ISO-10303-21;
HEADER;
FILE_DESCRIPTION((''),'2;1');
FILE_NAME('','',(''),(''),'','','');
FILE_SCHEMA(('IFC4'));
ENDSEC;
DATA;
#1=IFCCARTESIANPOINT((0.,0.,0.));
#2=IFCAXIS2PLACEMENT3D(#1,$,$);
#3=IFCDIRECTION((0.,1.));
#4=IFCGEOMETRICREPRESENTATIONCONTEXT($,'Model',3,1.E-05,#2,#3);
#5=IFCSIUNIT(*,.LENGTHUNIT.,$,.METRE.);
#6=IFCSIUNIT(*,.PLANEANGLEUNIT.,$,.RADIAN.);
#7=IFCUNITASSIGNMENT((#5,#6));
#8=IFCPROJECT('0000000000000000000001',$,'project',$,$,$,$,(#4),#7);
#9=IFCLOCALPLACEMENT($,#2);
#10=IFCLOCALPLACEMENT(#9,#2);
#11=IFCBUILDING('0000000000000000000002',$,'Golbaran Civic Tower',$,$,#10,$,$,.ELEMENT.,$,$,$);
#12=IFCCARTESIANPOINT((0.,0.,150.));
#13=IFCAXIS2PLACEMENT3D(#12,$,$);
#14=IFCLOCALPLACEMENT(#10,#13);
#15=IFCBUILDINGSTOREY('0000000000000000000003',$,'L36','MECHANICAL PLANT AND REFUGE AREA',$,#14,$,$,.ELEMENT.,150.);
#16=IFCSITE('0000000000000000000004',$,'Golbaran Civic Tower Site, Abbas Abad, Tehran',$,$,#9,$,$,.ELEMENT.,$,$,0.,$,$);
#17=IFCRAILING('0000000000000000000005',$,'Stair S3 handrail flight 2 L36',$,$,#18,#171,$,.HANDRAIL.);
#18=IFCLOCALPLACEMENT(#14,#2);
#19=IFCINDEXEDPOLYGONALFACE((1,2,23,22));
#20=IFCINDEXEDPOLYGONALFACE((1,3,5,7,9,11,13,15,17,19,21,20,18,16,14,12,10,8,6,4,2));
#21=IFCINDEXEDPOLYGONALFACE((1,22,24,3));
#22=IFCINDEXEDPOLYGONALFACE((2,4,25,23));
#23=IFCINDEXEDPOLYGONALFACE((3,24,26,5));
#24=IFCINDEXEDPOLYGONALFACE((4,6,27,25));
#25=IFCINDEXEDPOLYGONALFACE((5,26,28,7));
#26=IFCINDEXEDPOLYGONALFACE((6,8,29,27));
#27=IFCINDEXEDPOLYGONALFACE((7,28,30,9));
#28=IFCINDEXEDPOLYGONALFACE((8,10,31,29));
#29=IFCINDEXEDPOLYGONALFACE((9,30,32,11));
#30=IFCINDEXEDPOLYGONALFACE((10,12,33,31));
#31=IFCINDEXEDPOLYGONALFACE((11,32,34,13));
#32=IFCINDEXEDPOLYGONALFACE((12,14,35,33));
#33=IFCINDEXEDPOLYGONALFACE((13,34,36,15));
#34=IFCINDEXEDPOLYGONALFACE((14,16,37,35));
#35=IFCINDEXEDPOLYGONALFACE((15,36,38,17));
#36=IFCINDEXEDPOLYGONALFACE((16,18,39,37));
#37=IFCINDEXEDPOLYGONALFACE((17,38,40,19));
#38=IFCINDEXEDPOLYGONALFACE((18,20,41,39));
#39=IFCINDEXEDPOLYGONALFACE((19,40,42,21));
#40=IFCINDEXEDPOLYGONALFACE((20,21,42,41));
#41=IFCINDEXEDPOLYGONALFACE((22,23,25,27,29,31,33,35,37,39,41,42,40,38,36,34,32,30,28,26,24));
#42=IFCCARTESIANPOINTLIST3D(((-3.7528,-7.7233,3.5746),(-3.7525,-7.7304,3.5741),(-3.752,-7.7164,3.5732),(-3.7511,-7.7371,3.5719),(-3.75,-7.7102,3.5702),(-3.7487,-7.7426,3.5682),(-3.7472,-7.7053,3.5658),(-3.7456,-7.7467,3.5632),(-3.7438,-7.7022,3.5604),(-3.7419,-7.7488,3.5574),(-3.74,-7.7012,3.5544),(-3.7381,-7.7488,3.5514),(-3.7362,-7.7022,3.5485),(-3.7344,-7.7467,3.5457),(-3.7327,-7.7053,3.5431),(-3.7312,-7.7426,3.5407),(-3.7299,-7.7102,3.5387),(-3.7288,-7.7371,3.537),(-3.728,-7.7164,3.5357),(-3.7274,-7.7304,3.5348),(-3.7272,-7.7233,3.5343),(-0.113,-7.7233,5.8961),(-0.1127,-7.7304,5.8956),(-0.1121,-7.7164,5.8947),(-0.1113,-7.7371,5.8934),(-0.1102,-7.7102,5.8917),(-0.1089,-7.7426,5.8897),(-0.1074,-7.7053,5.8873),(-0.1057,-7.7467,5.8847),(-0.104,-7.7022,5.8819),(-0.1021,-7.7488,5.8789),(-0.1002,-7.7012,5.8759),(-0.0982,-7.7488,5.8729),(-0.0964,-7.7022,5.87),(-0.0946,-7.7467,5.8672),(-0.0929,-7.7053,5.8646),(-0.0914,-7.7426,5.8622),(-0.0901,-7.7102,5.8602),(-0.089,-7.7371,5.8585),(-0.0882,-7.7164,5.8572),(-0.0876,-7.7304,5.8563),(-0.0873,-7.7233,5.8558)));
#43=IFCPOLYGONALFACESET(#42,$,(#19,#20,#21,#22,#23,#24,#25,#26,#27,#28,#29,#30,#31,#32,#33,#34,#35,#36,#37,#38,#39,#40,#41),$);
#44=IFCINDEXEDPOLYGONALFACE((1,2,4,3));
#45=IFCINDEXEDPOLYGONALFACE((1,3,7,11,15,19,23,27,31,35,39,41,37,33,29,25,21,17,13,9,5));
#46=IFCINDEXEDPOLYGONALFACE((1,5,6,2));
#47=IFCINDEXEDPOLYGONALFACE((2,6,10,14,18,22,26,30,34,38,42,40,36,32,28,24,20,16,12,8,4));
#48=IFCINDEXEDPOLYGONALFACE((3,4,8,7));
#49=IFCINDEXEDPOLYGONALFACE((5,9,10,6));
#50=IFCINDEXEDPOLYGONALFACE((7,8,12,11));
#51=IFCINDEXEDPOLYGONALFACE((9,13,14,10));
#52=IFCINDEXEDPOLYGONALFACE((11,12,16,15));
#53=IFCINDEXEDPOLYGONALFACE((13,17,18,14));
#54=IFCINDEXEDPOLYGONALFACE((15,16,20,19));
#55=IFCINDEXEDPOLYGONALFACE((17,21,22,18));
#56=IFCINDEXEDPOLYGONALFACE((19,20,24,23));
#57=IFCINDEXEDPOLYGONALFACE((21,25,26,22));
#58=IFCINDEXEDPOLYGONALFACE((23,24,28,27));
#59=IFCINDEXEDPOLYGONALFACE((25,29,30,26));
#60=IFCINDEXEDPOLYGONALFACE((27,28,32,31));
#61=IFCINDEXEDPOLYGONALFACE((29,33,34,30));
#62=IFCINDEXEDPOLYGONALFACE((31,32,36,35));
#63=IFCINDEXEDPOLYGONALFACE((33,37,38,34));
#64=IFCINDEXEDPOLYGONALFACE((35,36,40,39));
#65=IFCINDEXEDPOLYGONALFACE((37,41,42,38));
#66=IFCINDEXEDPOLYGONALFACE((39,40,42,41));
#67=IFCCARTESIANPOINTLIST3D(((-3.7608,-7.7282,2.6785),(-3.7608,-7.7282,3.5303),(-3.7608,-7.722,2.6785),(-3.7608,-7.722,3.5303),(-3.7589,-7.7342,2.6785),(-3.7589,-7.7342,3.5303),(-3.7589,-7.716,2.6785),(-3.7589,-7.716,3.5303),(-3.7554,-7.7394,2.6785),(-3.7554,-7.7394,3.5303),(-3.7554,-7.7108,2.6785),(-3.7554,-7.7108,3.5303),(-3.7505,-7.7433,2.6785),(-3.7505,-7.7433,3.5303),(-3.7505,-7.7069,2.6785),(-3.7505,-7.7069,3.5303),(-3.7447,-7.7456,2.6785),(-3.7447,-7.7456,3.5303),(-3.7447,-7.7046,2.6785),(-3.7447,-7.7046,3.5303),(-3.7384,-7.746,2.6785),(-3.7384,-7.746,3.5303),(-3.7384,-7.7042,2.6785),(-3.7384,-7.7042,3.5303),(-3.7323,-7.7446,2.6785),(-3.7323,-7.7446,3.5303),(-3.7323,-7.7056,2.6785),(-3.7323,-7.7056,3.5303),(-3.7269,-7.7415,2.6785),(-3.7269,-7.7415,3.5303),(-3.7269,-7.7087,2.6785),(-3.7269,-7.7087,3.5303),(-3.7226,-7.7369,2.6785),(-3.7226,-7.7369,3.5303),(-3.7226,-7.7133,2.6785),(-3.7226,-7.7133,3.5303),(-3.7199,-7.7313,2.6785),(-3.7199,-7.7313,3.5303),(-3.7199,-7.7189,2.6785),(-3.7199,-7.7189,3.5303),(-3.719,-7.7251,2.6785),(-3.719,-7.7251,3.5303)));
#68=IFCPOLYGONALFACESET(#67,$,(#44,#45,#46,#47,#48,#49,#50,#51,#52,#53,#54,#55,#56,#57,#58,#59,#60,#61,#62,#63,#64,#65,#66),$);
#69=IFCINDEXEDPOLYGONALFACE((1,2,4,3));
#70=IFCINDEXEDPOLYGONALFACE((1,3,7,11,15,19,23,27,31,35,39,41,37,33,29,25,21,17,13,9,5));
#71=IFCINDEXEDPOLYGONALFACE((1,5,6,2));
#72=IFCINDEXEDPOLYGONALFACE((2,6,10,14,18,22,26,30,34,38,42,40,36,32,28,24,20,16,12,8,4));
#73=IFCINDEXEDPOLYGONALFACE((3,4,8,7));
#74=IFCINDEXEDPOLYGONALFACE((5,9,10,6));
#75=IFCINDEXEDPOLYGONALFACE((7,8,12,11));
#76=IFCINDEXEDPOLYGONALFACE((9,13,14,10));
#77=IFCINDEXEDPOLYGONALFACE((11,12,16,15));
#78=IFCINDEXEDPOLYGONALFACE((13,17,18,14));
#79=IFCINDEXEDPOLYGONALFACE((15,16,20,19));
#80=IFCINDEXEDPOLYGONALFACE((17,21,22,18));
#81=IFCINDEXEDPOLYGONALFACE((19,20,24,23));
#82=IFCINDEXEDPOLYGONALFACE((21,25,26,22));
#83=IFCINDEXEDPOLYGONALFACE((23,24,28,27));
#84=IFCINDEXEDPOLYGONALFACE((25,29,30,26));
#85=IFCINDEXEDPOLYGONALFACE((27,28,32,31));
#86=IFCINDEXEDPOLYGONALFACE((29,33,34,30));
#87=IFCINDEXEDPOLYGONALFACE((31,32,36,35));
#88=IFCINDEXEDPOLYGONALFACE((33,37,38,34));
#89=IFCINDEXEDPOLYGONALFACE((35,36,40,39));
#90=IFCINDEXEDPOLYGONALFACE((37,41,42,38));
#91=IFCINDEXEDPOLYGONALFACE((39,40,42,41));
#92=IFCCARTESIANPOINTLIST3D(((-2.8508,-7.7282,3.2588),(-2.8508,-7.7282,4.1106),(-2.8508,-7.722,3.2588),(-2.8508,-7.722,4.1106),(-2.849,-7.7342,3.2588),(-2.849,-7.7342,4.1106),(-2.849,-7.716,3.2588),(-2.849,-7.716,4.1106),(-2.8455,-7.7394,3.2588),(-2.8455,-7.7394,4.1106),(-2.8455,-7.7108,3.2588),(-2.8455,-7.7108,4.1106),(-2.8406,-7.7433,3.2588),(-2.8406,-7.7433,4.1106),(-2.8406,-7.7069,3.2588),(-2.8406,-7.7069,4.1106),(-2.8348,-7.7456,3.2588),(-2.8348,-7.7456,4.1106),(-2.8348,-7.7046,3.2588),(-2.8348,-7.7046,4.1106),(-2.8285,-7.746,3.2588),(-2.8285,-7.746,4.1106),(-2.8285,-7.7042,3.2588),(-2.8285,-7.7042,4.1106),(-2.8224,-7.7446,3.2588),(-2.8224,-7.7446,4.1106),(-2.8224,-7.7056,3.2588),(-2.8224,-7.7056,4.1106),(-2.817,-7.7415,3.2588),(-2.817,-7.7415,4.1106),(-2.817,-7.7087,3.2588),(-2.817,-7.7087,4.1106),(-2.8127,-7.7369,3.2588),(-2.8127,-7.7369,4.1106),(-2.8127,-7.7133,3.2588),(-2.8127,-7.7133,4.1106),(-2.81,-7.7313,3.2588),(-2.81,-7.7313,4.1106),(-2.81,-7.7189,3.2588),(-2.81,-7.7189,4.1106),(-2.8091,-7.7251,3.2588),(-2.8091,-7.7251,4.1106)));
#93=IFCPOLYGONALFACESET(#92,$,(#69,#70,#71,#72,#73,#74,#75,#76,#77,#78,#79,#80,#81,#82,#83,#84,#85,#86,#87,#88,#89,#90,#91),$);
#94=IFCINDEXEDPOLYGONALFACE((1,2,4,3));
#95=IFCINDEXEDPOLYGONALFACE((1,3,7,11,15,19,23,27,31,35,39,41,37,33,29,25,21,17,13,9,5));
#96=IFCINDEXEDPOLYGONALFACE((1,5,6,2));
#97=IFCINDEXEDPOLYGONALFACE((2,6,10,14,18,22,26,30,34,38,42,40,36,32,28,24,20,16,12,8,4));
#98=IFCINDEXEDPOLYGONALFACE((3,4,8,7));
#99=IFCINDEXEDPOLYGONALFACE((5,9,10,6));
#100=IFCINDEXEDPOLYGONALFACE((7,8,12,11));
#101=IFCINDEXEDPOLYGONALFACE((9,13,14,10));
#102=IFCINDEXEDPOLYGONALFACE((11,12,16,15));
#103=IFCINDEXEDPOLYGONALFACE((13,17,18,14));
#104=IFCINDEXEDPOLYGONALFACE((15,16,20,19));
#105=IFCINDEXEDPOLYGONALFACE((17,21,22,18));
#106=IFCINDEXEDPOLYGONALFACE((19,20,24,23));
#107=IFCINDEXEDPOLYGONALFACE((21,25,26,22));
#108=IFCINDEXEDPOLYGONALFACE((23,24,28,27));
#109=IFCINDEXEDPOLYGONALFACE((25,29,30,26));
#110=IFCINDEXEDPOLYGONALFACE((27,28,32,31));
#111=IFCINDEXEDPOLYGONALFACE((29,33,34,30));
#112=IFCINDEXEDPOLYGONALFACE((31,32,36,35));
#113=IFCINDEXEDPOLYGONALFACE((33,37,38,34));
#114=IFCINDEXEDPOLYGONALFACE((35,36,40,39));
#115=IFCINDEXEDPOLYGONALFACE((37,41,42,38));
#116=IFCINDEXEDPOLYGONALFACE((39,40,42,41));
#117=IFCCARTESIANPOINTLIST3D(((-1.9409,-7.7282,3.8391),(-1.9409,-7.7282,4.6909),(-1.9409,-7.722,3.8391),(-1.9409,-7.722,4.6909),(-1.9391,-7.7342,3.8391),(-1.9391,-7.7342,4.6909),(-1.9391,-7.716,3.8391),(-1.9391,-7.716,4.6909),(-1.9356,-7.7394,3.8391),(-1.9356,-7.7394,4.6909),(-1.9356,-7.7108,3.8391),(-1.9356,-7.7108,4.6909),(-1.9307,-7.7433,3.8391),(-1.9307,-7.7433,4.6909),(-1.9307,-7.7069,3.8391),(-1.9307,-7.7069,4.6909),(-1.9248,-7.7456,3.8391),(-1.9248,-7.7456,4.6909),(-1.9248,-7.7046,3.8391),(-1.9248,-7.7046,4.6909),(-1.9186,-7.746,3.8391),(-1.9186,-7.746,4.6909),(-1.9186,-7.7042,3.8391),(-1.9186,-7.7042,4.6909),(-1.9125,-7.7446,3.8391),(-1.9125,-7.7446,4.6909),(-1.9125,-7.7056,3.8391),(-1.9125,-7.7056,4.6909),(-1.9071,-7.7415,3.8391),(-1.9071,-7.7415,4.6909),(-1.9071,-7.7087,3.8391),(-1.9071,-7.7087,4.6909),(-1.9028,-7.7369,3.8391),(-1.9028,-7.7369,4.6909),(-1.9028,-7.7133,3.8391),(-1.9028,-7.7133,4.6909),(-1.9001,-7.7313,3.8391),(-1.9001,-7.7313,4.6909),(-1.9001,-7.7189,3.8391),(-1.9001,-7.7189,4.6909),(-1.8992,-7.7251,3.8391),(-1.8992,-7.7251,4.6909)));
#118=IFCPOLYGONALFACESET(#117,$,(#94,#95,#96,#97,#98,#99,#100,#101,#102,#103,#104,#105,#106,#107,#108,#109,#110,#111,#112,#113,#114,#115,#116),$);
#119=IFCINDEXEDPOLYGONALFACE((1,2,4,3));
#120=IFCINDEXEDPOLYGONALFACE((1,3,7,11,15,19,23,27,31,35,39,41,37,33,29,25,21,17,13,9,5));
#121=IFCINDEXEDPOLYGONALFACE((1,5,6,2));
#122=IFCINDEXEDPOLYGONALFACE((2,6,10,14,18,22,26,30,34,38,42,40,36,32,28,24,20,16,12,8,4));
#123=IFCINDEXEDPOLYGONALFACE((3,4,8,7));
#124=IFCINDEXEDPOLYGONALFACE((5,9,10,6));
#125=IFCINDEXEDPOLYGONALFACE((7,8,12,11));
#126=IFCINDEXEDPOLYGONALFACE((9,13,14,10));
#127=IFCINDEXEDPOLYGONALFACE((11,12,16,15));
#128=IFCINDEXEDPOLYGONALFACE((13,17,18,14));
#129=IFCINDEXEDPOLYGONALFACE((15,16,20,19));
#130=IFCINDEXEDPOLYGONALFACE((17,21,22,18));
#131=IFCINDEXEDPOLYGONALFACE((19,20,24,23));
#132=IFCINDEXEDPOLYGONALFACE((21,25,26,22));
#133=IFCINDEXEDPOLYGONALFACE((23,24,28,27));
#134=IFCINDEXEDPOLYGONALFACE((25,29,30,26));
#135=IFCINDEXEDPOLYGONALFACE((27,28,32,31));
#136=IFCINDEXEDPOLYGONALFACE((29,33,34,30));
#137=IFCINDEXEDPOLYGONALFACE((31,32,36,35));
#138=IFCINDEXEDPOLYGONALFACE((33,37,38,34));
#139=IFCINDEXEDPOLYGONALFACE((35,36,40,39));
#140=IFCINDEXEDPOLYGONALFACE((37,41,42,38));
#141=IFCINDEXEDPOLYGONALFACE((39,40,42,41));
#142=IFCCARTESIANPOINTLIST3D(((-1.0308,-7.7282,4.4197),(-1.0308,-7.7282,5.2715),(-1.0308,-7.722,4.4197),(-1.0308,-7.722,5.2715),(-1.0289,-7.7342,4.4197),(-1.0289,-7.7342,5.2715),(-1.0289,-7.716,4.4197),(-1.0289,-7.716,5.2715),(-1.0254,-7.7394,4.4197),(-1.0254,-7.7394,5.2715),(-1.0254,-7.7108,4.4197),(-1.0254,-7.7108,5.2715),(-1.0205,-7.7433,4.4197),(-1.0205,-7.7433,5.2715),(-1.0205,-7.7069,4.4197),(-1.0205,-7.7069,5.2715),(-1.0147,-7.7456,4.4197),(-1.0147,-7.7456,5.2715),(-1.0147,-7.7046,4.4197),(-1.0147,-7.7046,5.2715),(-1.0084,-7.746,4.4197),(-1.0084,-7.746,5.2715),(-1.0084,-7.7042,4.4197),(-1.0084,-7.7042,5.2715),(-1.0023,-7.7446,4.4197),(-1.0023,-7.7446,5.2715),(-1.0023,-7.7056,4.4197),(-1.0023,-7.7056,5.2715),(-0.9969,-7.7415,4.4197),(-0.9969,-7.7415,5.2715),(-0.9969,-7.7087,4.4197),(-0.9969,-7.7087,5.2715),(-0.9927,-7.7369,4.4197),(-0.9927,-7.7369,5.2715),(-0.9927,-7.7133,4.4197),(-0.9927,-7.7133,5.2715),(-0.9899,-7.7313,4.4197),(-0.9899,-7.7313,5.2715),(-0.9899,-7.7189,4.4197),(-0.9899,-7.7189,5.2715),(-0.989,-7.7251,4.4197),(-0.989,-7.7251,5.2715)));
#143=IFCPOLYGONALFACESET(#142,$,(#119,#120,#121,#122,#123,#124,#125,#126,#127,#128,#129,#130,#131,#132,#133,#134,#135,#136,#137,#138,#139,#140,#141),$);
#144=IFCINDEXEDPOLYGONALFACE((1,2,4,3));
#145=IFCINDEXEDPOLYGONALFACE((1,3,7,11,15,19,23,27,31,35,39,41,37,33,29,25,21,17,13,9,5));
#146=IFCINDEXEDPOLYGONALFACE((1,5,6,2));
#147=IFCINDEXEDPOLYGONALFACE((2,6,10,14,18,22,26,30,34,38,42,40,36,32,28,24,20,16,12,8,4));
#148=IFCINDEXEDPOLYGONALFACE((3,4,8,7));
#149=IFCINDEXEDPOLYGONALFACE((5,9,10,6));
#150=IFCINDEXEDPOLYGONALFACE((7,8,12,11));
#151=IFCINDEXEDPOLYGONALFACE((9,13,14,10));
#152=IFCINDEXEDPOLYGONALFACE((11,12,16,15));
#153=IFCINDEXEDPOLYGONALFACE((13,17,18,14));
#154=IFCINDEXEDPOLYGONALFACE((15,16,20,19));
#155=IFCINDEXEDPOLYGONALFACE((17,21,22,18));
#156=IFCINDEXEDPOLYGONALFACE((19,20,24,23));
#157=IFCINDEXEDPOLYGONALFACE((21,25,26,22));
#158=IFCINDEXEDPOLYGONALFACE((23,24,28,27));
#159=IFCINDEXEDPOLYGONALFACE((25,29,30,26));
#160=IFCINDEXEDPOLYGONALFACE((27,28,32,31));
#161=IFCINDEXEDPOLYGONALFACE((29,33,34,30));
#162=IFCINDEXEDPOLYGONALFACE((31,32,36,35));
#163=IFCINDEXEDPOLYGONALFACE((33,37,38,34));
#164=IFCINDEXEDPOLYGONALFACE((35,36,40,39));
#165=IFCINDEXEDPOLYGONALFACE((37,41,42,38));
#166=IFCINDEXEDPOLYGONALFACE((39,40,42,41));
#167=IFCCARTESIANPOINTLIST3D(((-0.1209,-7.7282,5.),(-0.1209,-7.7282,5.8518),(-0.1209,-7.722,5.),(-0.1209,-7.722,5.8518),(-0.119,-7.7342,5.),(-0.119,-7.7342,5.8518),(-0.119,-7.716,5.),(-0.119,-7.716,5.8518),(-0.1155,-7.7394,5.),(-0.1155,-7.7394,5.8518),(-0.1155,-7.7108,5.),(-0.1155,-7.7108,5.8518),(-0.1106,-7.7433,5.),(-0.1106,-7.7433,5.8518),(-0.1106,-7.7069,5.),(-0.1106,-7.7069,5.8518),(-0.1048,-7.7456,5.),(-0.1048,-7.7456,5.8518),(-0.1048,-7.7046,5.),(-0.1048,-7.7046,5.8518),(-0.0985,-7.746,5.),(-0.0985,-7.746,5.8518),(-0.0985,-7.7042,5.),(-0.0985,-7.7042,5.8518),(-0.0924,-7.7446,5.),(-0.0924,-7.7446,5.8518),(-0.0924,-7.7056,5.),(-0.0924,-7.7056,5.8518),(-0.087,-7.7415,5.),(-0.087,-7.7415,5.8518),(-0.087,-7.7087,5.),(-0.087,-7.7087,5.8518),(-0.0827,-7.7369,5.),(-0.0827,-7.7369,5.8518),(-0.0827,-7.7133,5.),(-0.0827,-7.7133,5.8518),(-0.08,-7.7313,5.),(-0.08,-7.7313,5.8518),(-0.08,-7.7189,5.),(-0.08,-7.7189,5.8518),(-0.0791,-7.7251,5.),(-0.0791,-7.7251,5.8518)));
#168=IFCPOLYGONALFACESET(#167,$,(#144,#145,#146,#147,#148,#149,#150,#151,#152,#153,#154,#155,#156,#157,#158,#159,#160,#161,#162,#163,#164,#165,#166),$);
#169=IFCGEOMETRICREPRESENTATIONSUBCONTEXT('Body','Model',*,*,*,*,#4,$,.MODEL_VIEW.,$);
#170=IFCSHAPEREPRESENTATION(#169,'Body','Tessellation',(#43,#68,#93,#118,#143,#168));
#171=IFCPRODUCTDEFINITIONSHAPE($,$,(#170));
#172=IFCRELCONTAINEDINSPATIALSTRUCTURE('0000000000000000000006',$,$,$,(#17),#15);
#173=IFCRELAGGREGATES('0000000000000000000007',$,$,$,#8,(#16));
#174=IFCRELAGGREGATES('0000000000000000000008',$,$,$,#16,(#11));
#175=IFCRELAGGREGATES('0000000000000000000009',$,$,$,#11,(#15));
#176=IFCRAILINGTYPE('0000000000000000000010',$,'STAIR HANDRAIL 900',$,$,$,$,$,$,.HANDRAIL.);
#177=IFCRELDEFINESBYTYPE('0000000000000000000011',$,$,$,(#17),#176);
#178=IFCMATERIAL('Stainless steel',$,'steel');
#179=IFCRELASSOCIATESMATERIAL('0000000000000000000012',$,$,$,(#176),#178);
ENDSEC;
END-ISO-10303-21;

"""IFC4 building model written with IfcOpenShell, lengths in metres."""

from ifc_helpers import new_model, si_unit, direction, frame, origin, origin_2d, place, context, subcontext, project, spatial, circle, extrude, material, type_object, element, save


model = new_model("IFC4")

# Units and contexts
model_context = context("Model", 3, precision=1e-05, world=origin(), true_north=direction((0.0, 1.0)))
body_context = subcontext(model_context, "Body", "Model", "MODEL_VIEW")
ifc_project = project(units=[si_unit("LENGTHUNIT", "METRE"), si_unit("PLANEANGLEUNIT", "RADIAN")], contexts=[model_context])

# Site, building, storey
site_placement = place(None, origin())
site = spatial("IfcSite", under=ifc_project, at=site_placement, Name="Golbaran Civic Tower Site, Abbas Abad, Tehran", CompositionType="ELEMENT", RefElevation=0.0)
building_placement = place(site_placement, origin())
building = spatial("IfcBuilding", under=site, at=building_placement, Name="Golbaran Civic Tower", CompositionType="ELEMENT")
storey_placement = place(building_placement, frame((0.0, 0.0, 150.0)))
storey = spatial("IfcBuildingStorey", under=building, at=storey_placement, Name="L36", Description="MECHANICAL PLANT AND REFUGE AREA", CompositionType="ELEMENT", Elevation=150.0)

# Shared definitions
ifc_material_1 = material(Name="Stainless steel", Category="steel")

# Railing
railing_type = type_object("IfcRailingType", Name="STAIR HANDRAIL 900", PredefinedType="HANDRAIL", material=ifc_material_1)
railing_1_placement = place(storey_placement, frame((-3.74, -7.7251, 2.6785)))
element("IfcRailing", 1, at=railing_1_placement, inside=storey, type_object=railing_type, Name="Stair S3 handrail flight 2 L36", PredefinedType="HANDRAIL", context=body_context, shape_type="SweptSolid", body=[
    extrude(circle(Radius=0.0239, at=origin_2d()), frame((0.0, 0.0, 0.876), z_axis=(0.843112, 0.0, 0.537739), x_axis=(0.0, 1.0, 0.0)), (0.0, 0.0, 1.0), 4.3171),
    extrude(circle(Radius=0.021, at=origin_2d()), origin(), (0.0, 0.0, 1.0), 0.8518),
    extrude(circle(Radius=0.021, at=origin_2d()), frame((0.9099, 0.0, 0.5803)), (0.0, 0.0, 1.0), 0.8518),
    extrude(circle(Radius=0.021, at=origin_2d()), frame((1.8198, 0.0, 1.1606)), (0.0, 0.0, 1.0), 0.8518),
    extrude(circle(Radius=0.021, at=origin_2d()), frame((2.73, 0.0, 1.7412)), (0.0, 0.0, 1.0), 0.8518),
    extrude(circle(Radius=0.021, at=origin_2d()), frame((3.6399, 0.0, 2.3215)), (0.0, 0.0, 1.0), 0.8518),
])

save(model, "model.ifc")
